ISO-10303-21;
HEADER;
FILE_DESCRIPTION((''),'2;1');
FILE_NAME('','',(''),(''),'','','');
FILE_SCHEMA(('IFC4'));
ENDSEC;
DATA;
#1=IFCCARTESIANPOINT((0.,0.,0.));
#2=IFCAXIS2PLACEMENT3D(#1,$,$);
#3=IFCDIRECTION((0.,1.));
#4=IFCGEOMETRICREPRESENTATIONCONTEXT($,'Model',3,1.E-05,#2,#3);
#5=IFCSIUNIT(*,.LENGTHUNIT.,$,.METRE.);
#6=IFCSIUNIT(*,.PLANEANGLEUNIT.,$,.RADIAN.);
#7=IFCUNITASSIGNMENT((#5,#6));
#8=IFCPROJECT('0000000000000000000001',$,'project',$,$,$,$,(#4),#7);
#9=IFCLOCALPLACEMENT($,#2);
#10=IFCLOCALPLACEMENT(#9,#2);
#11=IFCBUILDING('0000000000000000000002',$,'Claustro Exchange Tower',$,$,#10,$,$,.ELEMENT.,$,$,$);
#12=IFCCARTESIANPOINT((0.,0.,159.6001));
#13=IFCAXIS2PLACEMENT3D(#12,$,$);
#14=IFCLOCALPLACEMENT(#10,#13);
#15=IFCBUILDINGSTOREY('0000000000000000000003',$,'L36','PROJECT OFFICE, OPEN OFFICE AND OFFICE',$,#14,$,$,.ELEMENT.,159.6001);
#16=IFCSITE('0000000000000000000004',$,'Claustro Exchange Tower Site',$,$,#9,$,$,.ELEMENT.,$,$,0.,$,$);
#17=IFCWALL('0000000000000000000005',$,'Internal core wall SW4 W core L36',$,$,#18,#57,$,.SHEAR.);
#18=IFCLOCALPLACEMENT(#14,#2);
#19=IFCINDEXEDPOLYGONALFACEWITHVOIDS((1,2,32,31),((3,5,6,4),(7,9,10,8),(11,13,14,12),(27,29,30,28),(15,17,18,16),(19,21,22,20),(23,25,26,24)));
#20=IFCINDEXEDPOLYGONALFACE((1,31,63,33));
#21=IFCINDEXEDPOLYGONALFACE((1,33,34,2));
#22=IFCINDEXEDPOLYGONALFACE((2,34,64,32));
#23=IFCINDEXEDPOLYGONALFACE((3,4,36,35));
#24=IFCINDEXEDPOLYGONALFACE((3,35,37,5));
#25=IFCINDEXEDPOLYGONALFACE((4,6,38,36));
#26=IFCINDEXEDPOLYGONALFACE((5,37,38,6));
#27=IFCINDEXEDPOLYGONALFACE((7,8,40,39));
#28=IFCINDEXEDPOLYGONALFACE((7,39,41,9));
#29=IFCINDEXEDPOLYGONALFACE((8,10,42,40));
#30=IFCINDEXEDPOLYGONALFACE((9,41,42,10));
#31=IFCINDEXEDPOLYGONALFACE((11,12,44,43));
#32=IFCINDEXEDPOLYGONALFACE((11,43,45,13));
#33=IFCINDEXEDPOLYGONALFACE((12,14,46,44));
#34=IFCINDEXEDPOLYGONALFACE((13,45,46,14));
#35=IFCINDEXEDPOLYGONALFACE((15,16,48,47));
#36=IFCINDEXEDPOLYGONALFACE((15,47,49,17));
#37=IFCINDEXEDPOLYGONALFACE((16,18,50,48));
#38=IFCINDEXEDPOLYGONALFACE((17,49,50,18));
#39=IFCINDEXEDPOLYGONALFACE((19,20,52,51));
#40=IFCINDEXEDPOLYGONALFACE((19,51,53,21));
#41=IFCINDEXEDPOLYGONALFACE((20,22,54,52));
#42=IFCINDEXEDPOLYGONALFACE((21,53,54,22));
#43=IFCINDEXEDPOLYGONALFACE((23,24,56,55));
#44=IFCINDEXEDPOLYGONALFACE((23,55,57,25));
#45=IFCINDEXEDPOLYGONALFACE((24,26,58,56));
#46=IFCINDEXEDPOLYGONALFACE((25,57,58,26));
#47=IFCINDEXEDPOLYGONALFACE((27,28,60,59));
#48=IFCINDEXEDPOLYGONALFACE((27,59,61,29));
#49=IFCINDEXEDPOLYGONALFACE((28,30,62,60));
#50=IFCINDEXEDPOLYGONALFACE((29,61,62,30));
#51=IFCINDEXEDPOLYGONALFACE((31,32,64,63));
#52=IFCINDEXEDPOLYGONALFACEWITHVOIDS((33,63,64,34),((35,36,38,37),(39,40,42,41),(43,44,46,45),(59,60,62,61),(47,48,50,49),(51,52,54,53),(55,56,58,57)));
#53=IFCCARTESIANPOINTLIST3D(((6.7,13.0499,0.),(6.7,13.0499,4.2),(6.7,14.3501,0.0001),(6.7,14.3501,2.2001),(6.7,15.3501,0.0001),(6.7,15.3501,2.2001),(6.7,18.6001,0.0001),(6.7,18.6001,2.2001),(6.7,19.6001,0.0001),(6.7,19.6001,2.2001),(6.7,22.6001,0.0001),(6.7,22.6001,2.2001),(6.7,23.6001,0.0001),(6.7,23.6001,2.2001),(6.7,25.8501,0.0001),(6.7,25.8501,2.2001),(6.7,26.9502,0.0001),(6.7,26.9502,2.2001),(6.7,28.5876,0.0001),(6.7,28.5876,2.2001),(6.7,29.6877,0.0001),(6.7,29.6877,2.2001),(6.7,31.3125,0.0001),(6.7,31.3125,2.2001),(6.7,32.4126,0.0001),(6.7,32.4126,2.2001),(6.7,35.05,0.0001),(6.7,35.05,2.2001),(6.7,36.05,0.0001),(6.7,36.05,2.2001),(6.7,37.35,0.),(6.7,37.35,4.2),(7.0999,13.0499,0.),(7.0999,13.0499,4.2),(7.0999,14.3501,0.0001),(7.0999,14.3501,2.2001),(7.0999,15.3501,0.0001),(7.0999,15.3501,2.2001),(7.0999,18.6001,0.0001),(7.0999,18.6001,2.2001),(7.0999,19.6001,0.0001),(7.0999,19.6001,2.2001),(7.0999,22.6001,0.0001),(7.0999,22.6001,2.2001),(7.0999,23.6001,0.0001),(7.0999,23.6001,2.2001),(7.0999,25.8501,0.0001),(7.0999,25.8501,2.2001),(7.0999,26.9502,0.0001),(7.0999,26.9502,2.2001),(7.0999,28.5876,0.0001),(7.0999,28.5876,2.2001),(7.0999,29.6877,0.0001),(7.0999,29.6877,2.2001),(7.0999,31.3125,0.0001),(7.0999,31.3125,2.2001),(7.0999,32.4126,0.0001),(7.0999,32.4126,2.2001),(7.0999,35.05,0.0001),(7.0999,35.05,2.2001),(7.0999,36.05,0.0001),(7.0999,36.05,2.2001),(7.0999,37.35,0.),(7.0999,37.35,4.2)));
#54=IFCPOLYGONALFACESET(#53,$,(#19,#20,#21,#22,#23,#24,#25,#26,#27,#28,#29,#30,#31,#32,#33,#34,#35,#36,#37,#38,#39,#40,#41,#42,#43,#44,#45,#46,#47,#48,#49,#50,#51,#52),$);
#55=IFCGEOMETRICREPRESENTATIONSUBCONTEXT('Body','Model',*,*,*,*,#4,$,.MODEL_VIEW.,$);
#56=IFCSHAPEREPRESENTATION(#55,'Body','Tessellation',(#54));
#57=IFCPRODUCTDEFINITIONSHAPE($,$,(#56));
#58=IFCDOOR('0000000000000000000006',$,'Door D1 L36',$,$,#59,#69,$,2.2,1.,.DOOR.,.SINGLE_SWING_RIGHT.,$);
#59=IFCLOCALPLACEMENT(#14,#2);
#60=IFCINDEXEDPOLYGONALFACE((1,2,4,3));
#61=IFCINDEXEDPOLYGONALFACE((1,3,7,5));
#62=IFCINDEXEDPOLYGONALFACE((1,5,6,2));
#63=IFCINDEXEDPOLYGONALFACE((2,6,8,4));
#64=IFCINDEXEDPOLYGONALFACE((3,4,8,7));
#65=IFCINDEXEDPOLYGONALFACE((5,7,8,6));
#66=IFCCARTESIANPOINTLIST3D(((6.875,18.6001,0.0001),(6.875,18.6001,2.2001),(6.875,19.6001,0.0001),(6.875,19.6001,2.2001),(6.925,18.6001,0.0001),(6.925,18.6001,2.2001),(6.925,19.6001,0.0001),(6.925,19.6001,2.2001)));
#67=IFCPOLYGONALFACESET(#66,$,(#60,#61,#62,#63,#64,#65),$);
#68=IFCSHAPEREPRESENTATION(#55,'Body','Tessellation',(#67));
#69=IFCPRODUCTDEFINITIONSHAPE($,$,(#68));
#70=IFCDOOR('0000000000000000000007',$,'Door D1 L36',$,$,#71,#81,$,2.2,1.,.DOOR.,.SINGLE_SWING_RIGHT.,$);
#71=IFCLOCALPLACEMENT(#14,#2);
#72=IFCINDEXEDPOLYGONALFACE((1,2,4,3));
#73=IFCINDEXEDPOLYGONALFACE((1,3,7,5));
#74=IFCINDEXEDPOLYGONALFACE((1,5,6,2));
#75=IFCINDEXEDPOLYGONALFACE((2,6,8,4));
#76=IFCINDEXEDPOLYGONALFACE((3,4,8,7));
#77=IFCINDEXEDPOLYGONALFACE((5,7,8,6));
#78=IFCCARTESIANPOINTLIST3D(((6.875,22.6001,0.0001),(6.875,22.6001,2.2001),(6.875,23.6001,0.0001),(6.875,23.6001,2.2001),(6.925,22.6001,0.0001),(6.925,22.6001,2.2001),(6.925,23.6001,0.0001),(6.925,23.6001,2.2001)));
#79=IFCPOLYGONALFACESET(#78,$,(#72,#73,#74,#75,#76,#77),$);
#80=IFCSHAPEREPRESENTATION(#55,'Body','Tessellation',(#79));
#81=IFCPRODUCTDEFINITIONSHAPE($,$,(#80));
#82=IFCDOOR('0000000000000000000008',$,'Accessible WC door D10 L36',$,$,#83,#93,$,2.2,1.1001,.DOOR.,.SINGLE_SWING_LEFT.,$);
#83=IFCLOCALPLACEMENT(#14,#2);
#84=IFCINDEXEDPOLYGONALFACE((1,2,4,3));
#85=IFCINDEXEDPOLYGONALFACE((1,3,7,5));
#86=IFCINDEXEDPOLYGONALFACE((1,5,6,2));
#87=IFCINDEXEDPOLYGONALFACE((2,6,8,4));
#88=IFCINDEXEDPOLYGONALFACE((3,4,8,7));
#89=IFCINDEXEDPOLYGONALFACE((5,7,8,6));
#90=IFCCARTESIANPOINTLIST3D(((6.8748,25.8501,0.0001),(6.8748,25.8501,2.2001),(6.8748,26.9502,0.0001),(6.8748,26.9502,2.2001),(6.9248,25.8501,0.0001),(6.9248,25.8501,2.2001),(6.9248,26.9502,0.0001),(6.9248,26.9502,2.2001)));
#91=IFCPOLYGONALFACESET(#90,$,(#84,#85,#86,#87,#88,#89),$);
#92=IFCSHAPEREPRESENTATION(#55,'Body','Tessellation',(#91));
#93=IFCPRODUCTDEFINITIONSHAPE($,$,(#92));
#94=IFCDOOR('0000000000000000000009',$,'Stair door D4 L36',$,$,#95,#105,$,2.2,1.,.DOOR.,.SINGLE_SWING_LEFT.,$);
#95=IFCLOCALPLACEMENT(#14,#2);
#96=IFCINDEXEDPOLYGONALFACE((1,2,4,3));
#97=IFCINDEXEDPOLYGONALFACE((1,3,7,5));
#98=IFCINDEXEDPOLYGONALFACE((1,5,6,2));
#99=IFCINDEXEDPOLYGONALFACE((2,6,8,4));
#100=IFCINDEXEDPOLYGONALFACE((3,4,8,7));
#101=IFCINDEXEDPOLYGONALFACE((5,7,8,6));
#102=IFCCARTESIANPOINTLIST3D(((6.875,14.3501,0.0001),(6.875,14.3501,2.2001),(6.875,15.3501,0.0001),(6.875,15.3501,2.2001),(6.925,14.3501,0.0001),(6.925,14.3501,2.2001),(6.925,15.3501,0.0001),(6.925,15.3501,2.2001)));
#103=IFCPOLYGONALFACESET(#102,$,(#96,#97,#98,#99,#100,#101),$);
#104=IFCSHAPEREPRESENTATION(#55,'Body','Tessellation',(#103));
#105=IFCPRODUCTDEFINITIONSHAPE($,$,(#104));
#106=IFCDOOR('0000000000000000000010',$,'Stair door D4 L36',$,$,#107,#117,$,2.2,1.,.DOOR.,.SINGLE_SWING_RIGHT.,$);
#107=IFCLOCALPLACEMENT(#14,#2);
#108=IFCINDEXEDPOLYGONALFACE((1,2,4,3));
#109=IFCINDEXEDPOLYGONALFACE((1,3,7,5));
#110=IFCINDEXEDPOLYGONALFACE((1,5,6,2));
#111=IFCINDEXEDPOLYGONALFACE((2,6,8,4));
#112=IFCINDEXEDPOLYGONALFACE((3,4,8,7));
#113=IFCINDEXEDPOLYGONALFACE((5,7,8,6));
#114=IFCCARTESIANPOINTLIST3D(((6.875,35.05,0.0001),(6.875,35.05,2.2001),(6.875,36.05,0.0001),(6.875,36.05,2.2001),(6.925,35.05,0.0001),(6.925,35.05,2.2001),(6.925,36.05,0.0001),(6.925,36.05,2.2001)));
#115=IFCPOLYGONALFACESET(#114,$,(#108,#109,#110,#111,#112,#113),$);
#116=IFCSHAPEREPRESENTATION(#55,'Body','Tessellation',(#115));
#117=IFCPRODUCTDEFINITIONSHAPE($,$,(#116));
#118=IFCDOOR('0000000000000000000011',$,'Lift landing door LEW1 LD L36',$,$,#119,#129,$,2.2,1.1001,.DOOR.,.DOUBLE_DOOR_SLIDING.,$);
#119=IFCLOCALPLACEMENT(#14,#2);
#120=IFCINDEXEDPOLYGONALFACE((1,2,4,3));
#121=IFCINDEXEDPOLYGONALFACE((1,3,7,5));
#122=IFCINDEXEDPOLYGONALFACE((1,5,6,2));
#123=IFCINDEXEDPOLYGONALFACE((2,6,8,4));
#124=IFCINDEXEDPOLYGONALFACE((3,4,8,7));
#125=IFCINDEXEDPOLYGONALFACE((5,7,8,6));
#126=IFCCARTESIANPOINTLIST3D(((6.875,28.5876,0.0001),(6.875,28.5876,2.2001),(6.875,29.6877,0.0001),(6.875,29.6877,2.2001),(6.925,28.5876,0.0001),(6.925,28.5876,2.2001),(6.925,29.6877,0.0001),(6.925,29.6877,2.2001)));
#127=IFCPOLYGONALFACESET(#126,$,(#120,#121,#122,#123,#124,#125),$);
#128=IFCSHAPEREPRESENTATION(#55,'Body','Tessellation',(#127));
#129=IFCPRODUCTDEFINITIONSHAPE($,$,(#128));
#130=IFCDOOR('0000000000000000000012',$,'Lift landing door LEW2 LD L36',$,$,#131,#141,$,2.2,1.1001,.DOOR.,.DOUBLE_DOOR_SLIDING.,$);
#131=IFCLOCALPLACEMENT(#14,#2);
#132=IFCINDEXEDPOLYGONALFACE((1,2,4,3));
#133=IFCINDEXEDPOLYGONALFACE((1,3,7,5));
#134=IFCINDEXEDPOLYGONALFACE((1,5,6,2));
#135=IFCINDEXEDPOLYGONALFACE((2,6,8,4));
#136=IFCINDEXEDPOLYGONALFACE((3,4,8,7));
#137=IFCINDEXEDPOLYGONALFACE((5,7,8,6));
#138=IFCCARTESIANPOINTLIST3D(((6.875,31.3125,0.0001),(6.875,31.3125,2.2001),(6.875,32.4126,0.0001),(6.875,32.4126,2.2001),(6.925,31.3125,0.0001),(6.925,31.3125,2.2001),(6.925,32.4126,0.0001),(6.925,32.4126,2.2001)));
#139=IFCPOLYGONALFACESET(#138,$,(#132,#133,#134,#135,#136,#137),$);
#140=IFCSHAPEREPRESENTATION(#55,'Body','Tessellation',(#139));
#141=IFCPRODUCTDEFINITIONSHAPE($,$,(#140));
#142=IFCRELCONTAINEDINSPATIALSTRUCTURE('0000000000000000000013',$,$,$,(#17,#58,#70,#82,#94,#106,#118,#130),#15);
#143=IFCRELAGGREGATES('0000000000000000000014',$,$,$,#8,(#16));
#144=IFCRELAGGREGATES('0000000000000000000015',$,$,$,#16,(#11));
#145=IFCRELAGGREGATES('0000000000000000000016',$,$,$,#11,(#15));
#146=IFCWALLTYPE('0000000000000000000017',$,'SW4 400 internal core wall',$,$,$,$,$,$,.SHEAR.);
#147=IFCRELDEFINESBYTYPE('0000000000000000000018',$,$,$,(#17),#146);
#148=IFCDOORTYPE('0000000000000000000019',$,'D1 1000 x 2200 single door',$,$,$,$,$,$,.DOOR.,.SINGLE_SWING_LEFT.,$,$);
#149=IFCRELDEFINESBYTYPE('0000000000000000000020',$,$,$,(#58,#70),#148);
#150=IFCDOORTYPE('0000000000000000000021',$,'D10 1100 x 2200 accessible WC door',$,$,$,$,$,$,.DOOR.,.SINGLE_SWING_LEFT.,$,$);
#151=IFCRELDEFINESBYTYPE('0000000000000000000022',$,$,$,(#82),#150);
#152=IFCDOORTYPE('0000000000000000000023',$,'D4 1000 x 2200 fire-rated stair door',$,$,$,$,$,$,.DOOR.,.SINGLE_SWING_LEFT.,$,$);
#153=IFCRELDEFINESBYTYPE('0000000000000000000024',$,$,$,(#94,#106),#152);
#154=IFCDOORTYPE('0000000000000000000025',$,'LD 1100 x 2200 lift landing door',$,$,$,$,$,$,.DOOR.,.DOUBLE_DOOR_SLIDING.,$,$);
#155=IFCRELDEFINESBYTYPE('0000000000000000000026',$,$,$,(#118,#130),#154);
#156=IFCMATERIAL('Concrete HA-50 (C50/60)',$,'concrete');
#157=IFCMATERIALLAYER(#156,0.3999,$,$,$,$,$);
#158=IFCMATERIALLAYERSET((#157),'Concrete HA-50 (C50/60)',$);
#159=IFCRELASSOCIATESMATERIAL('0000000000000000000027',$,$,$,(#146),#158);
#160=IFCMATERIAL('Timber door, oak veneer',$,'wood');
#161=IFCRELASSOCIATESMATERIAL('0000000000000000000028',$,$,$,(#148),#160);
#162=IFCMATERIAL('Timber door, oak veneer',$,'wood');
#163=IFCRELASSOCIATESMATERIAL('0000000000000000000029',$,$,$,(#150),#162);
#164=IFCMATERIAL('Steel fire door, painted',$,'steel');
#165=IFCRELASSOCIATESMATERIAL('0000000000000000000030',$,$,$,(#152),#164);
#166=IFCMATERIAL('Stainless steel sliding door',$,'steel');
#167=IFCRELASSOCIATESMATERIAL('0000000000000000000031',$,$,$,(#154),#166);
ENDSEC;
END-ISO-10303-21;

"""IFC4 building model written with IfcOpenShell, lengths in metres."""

from ifc_helpers import new_model, si_unit, direction, frame, frame_2d, origin, place, context, subcontext, project, spatial, rectangle, extrude, material, layer, layer_set, type_object, element, fill, save


model = new_model("IFC4")

# Units and contexts
model_context = context("Model", 3, precision=1e-05, world=origin(), true_north=direction((0.0, 1.0)))
body_context = subcontext(model_context, "Body", "Model", "MODEL_VIEW")
ifc_project = project(units=[si_unit("LENGTHUNIT", "METRE"), si_unit("PLANEANGLEUNIT", "RADIAN")], contexts=[model_context])

# Site, building, storey
site_placement = place(None, origin())
site = spatial("IfcSite", under=ifc_project, at=site_placement, Name="Claustro Exchange Tower Site", CompositionType="ELEMENT", RefElevation=0.0)
building_placement = place(site_placement, origin())
building = spatial("IfcBuilding", under=site, at=building_placement, Name="Claustro Exchange Tower", CompositionType="ELEMENT")
storey_placement = place(building_placement, frame((0.0, 0.0, 159.6001)))
storey = spatial("IfcBuildingStorey", under=building, at=storey_placement, Name="L36", Description="PROJECT OFFICE, OPEN OFFICE AND OFFICE", CompositionType="ELEMENT", Elevation=159.6001)

# Wall, openings, doors
ifc_material_1 = material(Name="Concrete HA-50 (C50/60)", Category="concrete")
ifc_layer_1 = layer(ifc_material_1, 0.3999)
ifc_layer_set_1 = layer_set([ifc_layer_1], Name="Concrete HA-50 (C50/60)")
wall_type_1 = type_object("IfcWallType", Name="SW4 400 internal core wall", PredefinedType="SHEAR", material=ifc_layer_set_1)
wall_1_placement = place(storey_placement, frame((6.8999, 13.05, 0.0), z_axis=(0.0, 0.0, 1.0), x_axis=(0.0, 1.0, 0.0)))
wall_1 = element("IfcWall", 1, at=wall_1_placement, inside=storey, type_object=wall_type_1, Name="Internal core wall SW4 W core L36", PredefinedType="SHEAR", context=body_context, shape_type="SweptSolid", body=[
    extrude(rectangle(XDim=24.3, YDim=0.3999, at=frame_2d((12.1499, 0.0))), origin(), (0.0, 0.0, 1.0), 4.2),
])
opening_1_placement = place(wall_1_placement, frame((1.3, 0.0, 0.0)))
opening_1 = element("IfcOpeningElement", 2, at=opening_1_placement, cuts=wall_1, PredefinedType="OPENING", context=body_context, shape_type="SweptSolid", body=[
    extrude(rectangle(XDim=1.0, YDim=2.2, at=frame_2d((0.5, 1.1001))), frame((0.0, 0.21, 0.0), z_axis=(0.0, -1.0, 0.0), x_axis=(1.0, 0.0, 0.0)), (0.0, 0.0, 1.0), 0.4199),
])
opening_2_placement = place(wall_1_placement, frame((22.0, 0.0, 0.0)))
opening_2 = element("IfcOpeningElement", 3, at=opening_2_placement, cuts=wall_1, PredefinedType="OPENING", context=body_context, shape_type="SweptSolid", body=[
    extrude(rectangle(XDim=1.0, YDim=2.2, at=frame_2d((0.5, 1.1001))), frame((0.0, 0.21, 0.0), z_axis=(0.0, -1.0, 0.0), x_axis=(1.0, 0.0, 0.0)), (0.0, 0.0, 1.0), 0.4199),
])
opening_3_placement = place(wall_1_placement, frame((5.55, 0.0, 0.0)))
opening_3 = element("IfcOpeningElement", 4, at=opening_3_placement, cuts=wall_1, PredefinedType="OPENING", context=body_context, shape_type="SweptSolid", body=[
    extrude(rectangle(XDim=1.0, YDim=2.2, at=frame_2d((0.5, 1.1001))), frame((0.0, 0.21, 0.0), z_axis=(0.0, -1.0, 0.0), x_axis=(1.0, 0.0, 0.0)), (0.0, 0.0, 1.0), 0.4199),
])
opening_4_placement = place(wall_1_placement, frame((9.55, 0.0, 0.0)))
opening_4 = element("IfcOpeningElement", 5, at=opening_4_placement, cuts=wall_1, PredefinedType="OPENING", context=body_context, shape_type="SweptSolid", body=[
    extrude(rectangle(XDim=1.0, YDim=2.2, at=frame_2d((0.5, 1.1001))), frame((0.0, 0.21, 0.0), z_axis=(0.0, -1.0, 0.0), x_axis=(1.0, 0.0, 0.0)), (0.0, 0.0, 1.0), 0.4199),
])
opening_5_placement = place(wall_1_placement, frame((12.8, 0.0, 0.0)))
opening_5 = element("IfcOpeningElement", 6, at=opening_5_placement, cuts=wall_1, PredefinedType="OPENING", context=body_context, shape_type="SweptSolid", body=[
    extrude(rectangle(XDim=1.1001, YDim=2.2, at=frame_2d((0.55, 1.1001))), frame((0.0, 0.21, 0.0), z_axis=(0.0, -1.0, 0.0), x_axis=(1.0, 0.0, 0.0)), (0.0, 0.0, 1.0), 0.4199),
])
opening_6_placement = place(wall_1_placement, frame((15.5376, 0.0, 0.0)))
opening_6 = element("IfcOpeningElement", 7, at=opening_6_placement, cuts=wall_1, PredefinedType="OPENING", context=body_context, shape_type="SweptSolid", body=[
    extrude(rectangle(XDim=1.1001, YDim=2.2, at=frame_2d((0.55, 1.1001))), frame((0.0, 0.21, 0.0), z_axis=(0.0, -1.0, 0.0), x_axis=(1.0, 0.0, 0.0)), (0.0, 0.0, 1.0), 0.4199),
])
opening_7_placement = place(wall_1_placement, frame((18.2625, 0.0, 0.0)))
opening_7 = element("IfcOpeningElement", 8, at=opening_7_placement, cuts=wall_1, PredefinedType="OPENING", context=body_context, shape_type="SweptSolid", body=[
    extrude(rectangle(XDim=1.1001, YDim=2.2, at=frame_2d((0.55, 1.1001))), frame((0.0, 0.21, 0.0), z_axis=(0.0, -1.0, 0.0), x_axis=(1.0, 0.0, 0.0)), (0.0, 0.0, 1.0), 0.4199),
])
ifc_material_2 = material(Name="Timber door, oak veneer", Category="wood")
door_type_1 = type_object("IfcDoorType", Name="D1 1000 x 2200 single door", OperationType="SINGLE_SWING_LEFT", PredefinedType="DOOR", material=ifc_material_2)
door_1_placement = place(opening_3_placement, origin())
door_1 = element("IfcDoor", 9, at=door_1_placement, inside=storey, type_object=door_type_1, Name="Door D1 L36", OperationType="SINGLE_SWING_RIGHT", OverallHeight=2.2, OverallWidth=1.0, PredefinedType="DOOR", context=body_context, shape_type="SweptSolid", body=[
    extrude(rectangle(XDim=1.0, YDim=2.2, at=frame_2d((0.5, 1.1001))), frame((0.0, 0.0249, 0.0), z_axis=(0.0, -1.0, 0.0), x_axis=(1.0, 0.0, 0.0)), (0.0, 0.0, 1.0), 0.05),
])
fill(opening_3, door_1)
door_2_placement = place(opening_4_placement, origin())
door_2 = element("IfcDoor", 10, at=door_2_placement, inside=storey, type_object=door_type_1, Name="Door D1 L36", OperationType="SINGLE_SWING_RIGHT", OverallHeight=2.2, OverallWidth=1.0, PredefinedType="DOOR", context=body_context, shape_type="SweptSolid", body=[
    extrude(rectangle(XDim=1.0, YDim=2.2, at=frame_2d((0.5, 1.1001))), frame((0.0, 0.0249, 0.0), z_axis=(0.0, -1.0, 0.0), x_axis=(1.0, 0.0, 0.0)), (0.0, 0.0, 1.0), 0.05),
])
fill(opening_4, door_2)
ifc_material_3 = material(Name="Timber door, oak veneer", Category="wood")
door_type_2 = type_object("IfcDoorType", Name="D10 1100 x 2200 accessible WC door", OperationType="SINGLE_SWING_LEFT", PredefinedType="DOOR", material=ifc_material_3)
door_3_placement = place(opening_5_placement, frame((1.1001, 0.0, 0.0), z_axis=(0.0, 0.0, 1.0), x_axis=(-1.0, 0.0, 0.0)))
door_3 = element("IfcDoor", 11, at=door_3_placement, inside=storey, type_object=door_type_2, Name="Accessible WC door D10 L36", OperationType="SINGLE_SWING_LEFT", OverallHeight=2.2, OverallWidth=1.1001, PredefinedType="DOOR", context=body_context, shape_type="SweptSolid", body=[
    extrude(rectangle(XDim=1.1001, YDim=2.2, at=frame_2d((0.55, 1.1001))), frame((0.0, 0.0249, 0.0), z_axis=(0.0, -1.0, 0.0), x_axis=(1.0, 0.0, 0.0)), (0.0, 0.0, 1.0), 0.05),
])
fill(opening_5, door_3)
ifc_material_4 = material(Name="Steel fire door, painted", Category="steel")
door_type_3 = type_object("IfcDoorType", Name="D4 1000 x 2200 fire-rated stair door", OperationType="SINGLE_SWING_LEFT", PredefinedType="DOOR", material=ifc_material_4)
door_4_placement = place(opening_1_placement, origin())
door_4 = element("IfcDoor", 12, at=door_4_placement, inside=storey, type_object=door_type_3, Name="Stair door D4 L36", OperationType="SINGLE_SWING_LEFT", OverallHeight=2.2, OverallWidth=1.0, PredefinedType="DOOR", context=body_context, shape_type="SweptSolid", body=[
    extrude(rectangle(XDim=1.0, YDim=2.2, at=frame_2d((0.5, 1.1001))), frame((0.0, 0.0249, 0.0), z_axis=(0.0, -1.0, 0.0), x_axis=(1.0, 0.0, 0.0)), (0.0, 0.0, 1.0), 0.05),
])
fill(opening_1, door_4)
door_5_placement = place(opening_2_placement, origin())
door_5 = element("IfcDoor", 13, at=door_5_placement, inside=storey, type_object=door_type_3, Name="Stair door D4 L36", OperationType="SINGLE_SWING_RIGHT", OverallHeight=2.2, OverallWidth=1.0, PredefinedType="DOOR", context=body_context, shape_type="SweptSolid", body=[
    extrude(rectangle(XDim=1.0, YDim=2.2, at=frame_2d((0.5, 1.1001))), frame((0.0, 0.0249, 0.0), z_axis=(0.0, -1.0, 0.0), x_axis=(1.0, 0.0, 0.0)), (0.0, 0.0, 1.0), 0.05),
])
fill(opening_2, door_5)
ifc_material_5 = material(Name="Stainless steel sliding door", Category="steel")
door_type_4 = type_object("IfcDoorType", Name="LD 1100 x 2200 lift landing door", OperationType="DOUBLE_DOOR_SLIDING", PredefinedType="DOOR", material=ifc_material_5)
door_6_placement = place(opening_6_placement, origin())
door_6 = element("IfcDoor", 14, at=door_6_placement, inside=storey, type_object=door_type_4, Name="Lift landing door LEW1 LD L36", OperationType="DOUBLE_DOOR_SLIDING", OverallHeight=2.2, OverallWidth=1.1001, PredefinedType="DOOR", context=body_context, shape_type="SweptSolid", body=[
    extrude(rectangle(XDim=1.1001, YDim=2.2, at=frame_2d((0.55, 1.1001))), frame((0.0, 0.0249, 0.0), z_axis=(0.0, -1.0, 0.0), x_axis=(1.0, 0.0, 0.0)), (0.0, 0.0, 1.0), 0.05),
])
fill(opening_6, door_6)
door_7_placement = place(opening_7_placement, origin())
door_7 = element("IfcDoor", 15, at=door_7_placement, inside=storey, type_object=door_type_4, Name="Lift landing door LEW2 LD L36", OperationType="DOUBLE_DOOR_SLIDING", OverallHeight=2.2, OverallWidth=1.1001, PredefinedType="DOOR", context=body_context, shape_type="SweptSolid", body=[
    extrude(rectangle(XDim=1.1001, YDim=2.2, at=frame_2d((0.55, 1.1001))), frame((0.0, 0.0249, 0.0), z_axis=(0.0, -1.0, 0.0), x_axis=(1.0, 0.0, 0.0)), (0.0, 0.0, 1.0), 0.05),
])
fill(opening_7, door_7)

save(model, "model.ifc")
